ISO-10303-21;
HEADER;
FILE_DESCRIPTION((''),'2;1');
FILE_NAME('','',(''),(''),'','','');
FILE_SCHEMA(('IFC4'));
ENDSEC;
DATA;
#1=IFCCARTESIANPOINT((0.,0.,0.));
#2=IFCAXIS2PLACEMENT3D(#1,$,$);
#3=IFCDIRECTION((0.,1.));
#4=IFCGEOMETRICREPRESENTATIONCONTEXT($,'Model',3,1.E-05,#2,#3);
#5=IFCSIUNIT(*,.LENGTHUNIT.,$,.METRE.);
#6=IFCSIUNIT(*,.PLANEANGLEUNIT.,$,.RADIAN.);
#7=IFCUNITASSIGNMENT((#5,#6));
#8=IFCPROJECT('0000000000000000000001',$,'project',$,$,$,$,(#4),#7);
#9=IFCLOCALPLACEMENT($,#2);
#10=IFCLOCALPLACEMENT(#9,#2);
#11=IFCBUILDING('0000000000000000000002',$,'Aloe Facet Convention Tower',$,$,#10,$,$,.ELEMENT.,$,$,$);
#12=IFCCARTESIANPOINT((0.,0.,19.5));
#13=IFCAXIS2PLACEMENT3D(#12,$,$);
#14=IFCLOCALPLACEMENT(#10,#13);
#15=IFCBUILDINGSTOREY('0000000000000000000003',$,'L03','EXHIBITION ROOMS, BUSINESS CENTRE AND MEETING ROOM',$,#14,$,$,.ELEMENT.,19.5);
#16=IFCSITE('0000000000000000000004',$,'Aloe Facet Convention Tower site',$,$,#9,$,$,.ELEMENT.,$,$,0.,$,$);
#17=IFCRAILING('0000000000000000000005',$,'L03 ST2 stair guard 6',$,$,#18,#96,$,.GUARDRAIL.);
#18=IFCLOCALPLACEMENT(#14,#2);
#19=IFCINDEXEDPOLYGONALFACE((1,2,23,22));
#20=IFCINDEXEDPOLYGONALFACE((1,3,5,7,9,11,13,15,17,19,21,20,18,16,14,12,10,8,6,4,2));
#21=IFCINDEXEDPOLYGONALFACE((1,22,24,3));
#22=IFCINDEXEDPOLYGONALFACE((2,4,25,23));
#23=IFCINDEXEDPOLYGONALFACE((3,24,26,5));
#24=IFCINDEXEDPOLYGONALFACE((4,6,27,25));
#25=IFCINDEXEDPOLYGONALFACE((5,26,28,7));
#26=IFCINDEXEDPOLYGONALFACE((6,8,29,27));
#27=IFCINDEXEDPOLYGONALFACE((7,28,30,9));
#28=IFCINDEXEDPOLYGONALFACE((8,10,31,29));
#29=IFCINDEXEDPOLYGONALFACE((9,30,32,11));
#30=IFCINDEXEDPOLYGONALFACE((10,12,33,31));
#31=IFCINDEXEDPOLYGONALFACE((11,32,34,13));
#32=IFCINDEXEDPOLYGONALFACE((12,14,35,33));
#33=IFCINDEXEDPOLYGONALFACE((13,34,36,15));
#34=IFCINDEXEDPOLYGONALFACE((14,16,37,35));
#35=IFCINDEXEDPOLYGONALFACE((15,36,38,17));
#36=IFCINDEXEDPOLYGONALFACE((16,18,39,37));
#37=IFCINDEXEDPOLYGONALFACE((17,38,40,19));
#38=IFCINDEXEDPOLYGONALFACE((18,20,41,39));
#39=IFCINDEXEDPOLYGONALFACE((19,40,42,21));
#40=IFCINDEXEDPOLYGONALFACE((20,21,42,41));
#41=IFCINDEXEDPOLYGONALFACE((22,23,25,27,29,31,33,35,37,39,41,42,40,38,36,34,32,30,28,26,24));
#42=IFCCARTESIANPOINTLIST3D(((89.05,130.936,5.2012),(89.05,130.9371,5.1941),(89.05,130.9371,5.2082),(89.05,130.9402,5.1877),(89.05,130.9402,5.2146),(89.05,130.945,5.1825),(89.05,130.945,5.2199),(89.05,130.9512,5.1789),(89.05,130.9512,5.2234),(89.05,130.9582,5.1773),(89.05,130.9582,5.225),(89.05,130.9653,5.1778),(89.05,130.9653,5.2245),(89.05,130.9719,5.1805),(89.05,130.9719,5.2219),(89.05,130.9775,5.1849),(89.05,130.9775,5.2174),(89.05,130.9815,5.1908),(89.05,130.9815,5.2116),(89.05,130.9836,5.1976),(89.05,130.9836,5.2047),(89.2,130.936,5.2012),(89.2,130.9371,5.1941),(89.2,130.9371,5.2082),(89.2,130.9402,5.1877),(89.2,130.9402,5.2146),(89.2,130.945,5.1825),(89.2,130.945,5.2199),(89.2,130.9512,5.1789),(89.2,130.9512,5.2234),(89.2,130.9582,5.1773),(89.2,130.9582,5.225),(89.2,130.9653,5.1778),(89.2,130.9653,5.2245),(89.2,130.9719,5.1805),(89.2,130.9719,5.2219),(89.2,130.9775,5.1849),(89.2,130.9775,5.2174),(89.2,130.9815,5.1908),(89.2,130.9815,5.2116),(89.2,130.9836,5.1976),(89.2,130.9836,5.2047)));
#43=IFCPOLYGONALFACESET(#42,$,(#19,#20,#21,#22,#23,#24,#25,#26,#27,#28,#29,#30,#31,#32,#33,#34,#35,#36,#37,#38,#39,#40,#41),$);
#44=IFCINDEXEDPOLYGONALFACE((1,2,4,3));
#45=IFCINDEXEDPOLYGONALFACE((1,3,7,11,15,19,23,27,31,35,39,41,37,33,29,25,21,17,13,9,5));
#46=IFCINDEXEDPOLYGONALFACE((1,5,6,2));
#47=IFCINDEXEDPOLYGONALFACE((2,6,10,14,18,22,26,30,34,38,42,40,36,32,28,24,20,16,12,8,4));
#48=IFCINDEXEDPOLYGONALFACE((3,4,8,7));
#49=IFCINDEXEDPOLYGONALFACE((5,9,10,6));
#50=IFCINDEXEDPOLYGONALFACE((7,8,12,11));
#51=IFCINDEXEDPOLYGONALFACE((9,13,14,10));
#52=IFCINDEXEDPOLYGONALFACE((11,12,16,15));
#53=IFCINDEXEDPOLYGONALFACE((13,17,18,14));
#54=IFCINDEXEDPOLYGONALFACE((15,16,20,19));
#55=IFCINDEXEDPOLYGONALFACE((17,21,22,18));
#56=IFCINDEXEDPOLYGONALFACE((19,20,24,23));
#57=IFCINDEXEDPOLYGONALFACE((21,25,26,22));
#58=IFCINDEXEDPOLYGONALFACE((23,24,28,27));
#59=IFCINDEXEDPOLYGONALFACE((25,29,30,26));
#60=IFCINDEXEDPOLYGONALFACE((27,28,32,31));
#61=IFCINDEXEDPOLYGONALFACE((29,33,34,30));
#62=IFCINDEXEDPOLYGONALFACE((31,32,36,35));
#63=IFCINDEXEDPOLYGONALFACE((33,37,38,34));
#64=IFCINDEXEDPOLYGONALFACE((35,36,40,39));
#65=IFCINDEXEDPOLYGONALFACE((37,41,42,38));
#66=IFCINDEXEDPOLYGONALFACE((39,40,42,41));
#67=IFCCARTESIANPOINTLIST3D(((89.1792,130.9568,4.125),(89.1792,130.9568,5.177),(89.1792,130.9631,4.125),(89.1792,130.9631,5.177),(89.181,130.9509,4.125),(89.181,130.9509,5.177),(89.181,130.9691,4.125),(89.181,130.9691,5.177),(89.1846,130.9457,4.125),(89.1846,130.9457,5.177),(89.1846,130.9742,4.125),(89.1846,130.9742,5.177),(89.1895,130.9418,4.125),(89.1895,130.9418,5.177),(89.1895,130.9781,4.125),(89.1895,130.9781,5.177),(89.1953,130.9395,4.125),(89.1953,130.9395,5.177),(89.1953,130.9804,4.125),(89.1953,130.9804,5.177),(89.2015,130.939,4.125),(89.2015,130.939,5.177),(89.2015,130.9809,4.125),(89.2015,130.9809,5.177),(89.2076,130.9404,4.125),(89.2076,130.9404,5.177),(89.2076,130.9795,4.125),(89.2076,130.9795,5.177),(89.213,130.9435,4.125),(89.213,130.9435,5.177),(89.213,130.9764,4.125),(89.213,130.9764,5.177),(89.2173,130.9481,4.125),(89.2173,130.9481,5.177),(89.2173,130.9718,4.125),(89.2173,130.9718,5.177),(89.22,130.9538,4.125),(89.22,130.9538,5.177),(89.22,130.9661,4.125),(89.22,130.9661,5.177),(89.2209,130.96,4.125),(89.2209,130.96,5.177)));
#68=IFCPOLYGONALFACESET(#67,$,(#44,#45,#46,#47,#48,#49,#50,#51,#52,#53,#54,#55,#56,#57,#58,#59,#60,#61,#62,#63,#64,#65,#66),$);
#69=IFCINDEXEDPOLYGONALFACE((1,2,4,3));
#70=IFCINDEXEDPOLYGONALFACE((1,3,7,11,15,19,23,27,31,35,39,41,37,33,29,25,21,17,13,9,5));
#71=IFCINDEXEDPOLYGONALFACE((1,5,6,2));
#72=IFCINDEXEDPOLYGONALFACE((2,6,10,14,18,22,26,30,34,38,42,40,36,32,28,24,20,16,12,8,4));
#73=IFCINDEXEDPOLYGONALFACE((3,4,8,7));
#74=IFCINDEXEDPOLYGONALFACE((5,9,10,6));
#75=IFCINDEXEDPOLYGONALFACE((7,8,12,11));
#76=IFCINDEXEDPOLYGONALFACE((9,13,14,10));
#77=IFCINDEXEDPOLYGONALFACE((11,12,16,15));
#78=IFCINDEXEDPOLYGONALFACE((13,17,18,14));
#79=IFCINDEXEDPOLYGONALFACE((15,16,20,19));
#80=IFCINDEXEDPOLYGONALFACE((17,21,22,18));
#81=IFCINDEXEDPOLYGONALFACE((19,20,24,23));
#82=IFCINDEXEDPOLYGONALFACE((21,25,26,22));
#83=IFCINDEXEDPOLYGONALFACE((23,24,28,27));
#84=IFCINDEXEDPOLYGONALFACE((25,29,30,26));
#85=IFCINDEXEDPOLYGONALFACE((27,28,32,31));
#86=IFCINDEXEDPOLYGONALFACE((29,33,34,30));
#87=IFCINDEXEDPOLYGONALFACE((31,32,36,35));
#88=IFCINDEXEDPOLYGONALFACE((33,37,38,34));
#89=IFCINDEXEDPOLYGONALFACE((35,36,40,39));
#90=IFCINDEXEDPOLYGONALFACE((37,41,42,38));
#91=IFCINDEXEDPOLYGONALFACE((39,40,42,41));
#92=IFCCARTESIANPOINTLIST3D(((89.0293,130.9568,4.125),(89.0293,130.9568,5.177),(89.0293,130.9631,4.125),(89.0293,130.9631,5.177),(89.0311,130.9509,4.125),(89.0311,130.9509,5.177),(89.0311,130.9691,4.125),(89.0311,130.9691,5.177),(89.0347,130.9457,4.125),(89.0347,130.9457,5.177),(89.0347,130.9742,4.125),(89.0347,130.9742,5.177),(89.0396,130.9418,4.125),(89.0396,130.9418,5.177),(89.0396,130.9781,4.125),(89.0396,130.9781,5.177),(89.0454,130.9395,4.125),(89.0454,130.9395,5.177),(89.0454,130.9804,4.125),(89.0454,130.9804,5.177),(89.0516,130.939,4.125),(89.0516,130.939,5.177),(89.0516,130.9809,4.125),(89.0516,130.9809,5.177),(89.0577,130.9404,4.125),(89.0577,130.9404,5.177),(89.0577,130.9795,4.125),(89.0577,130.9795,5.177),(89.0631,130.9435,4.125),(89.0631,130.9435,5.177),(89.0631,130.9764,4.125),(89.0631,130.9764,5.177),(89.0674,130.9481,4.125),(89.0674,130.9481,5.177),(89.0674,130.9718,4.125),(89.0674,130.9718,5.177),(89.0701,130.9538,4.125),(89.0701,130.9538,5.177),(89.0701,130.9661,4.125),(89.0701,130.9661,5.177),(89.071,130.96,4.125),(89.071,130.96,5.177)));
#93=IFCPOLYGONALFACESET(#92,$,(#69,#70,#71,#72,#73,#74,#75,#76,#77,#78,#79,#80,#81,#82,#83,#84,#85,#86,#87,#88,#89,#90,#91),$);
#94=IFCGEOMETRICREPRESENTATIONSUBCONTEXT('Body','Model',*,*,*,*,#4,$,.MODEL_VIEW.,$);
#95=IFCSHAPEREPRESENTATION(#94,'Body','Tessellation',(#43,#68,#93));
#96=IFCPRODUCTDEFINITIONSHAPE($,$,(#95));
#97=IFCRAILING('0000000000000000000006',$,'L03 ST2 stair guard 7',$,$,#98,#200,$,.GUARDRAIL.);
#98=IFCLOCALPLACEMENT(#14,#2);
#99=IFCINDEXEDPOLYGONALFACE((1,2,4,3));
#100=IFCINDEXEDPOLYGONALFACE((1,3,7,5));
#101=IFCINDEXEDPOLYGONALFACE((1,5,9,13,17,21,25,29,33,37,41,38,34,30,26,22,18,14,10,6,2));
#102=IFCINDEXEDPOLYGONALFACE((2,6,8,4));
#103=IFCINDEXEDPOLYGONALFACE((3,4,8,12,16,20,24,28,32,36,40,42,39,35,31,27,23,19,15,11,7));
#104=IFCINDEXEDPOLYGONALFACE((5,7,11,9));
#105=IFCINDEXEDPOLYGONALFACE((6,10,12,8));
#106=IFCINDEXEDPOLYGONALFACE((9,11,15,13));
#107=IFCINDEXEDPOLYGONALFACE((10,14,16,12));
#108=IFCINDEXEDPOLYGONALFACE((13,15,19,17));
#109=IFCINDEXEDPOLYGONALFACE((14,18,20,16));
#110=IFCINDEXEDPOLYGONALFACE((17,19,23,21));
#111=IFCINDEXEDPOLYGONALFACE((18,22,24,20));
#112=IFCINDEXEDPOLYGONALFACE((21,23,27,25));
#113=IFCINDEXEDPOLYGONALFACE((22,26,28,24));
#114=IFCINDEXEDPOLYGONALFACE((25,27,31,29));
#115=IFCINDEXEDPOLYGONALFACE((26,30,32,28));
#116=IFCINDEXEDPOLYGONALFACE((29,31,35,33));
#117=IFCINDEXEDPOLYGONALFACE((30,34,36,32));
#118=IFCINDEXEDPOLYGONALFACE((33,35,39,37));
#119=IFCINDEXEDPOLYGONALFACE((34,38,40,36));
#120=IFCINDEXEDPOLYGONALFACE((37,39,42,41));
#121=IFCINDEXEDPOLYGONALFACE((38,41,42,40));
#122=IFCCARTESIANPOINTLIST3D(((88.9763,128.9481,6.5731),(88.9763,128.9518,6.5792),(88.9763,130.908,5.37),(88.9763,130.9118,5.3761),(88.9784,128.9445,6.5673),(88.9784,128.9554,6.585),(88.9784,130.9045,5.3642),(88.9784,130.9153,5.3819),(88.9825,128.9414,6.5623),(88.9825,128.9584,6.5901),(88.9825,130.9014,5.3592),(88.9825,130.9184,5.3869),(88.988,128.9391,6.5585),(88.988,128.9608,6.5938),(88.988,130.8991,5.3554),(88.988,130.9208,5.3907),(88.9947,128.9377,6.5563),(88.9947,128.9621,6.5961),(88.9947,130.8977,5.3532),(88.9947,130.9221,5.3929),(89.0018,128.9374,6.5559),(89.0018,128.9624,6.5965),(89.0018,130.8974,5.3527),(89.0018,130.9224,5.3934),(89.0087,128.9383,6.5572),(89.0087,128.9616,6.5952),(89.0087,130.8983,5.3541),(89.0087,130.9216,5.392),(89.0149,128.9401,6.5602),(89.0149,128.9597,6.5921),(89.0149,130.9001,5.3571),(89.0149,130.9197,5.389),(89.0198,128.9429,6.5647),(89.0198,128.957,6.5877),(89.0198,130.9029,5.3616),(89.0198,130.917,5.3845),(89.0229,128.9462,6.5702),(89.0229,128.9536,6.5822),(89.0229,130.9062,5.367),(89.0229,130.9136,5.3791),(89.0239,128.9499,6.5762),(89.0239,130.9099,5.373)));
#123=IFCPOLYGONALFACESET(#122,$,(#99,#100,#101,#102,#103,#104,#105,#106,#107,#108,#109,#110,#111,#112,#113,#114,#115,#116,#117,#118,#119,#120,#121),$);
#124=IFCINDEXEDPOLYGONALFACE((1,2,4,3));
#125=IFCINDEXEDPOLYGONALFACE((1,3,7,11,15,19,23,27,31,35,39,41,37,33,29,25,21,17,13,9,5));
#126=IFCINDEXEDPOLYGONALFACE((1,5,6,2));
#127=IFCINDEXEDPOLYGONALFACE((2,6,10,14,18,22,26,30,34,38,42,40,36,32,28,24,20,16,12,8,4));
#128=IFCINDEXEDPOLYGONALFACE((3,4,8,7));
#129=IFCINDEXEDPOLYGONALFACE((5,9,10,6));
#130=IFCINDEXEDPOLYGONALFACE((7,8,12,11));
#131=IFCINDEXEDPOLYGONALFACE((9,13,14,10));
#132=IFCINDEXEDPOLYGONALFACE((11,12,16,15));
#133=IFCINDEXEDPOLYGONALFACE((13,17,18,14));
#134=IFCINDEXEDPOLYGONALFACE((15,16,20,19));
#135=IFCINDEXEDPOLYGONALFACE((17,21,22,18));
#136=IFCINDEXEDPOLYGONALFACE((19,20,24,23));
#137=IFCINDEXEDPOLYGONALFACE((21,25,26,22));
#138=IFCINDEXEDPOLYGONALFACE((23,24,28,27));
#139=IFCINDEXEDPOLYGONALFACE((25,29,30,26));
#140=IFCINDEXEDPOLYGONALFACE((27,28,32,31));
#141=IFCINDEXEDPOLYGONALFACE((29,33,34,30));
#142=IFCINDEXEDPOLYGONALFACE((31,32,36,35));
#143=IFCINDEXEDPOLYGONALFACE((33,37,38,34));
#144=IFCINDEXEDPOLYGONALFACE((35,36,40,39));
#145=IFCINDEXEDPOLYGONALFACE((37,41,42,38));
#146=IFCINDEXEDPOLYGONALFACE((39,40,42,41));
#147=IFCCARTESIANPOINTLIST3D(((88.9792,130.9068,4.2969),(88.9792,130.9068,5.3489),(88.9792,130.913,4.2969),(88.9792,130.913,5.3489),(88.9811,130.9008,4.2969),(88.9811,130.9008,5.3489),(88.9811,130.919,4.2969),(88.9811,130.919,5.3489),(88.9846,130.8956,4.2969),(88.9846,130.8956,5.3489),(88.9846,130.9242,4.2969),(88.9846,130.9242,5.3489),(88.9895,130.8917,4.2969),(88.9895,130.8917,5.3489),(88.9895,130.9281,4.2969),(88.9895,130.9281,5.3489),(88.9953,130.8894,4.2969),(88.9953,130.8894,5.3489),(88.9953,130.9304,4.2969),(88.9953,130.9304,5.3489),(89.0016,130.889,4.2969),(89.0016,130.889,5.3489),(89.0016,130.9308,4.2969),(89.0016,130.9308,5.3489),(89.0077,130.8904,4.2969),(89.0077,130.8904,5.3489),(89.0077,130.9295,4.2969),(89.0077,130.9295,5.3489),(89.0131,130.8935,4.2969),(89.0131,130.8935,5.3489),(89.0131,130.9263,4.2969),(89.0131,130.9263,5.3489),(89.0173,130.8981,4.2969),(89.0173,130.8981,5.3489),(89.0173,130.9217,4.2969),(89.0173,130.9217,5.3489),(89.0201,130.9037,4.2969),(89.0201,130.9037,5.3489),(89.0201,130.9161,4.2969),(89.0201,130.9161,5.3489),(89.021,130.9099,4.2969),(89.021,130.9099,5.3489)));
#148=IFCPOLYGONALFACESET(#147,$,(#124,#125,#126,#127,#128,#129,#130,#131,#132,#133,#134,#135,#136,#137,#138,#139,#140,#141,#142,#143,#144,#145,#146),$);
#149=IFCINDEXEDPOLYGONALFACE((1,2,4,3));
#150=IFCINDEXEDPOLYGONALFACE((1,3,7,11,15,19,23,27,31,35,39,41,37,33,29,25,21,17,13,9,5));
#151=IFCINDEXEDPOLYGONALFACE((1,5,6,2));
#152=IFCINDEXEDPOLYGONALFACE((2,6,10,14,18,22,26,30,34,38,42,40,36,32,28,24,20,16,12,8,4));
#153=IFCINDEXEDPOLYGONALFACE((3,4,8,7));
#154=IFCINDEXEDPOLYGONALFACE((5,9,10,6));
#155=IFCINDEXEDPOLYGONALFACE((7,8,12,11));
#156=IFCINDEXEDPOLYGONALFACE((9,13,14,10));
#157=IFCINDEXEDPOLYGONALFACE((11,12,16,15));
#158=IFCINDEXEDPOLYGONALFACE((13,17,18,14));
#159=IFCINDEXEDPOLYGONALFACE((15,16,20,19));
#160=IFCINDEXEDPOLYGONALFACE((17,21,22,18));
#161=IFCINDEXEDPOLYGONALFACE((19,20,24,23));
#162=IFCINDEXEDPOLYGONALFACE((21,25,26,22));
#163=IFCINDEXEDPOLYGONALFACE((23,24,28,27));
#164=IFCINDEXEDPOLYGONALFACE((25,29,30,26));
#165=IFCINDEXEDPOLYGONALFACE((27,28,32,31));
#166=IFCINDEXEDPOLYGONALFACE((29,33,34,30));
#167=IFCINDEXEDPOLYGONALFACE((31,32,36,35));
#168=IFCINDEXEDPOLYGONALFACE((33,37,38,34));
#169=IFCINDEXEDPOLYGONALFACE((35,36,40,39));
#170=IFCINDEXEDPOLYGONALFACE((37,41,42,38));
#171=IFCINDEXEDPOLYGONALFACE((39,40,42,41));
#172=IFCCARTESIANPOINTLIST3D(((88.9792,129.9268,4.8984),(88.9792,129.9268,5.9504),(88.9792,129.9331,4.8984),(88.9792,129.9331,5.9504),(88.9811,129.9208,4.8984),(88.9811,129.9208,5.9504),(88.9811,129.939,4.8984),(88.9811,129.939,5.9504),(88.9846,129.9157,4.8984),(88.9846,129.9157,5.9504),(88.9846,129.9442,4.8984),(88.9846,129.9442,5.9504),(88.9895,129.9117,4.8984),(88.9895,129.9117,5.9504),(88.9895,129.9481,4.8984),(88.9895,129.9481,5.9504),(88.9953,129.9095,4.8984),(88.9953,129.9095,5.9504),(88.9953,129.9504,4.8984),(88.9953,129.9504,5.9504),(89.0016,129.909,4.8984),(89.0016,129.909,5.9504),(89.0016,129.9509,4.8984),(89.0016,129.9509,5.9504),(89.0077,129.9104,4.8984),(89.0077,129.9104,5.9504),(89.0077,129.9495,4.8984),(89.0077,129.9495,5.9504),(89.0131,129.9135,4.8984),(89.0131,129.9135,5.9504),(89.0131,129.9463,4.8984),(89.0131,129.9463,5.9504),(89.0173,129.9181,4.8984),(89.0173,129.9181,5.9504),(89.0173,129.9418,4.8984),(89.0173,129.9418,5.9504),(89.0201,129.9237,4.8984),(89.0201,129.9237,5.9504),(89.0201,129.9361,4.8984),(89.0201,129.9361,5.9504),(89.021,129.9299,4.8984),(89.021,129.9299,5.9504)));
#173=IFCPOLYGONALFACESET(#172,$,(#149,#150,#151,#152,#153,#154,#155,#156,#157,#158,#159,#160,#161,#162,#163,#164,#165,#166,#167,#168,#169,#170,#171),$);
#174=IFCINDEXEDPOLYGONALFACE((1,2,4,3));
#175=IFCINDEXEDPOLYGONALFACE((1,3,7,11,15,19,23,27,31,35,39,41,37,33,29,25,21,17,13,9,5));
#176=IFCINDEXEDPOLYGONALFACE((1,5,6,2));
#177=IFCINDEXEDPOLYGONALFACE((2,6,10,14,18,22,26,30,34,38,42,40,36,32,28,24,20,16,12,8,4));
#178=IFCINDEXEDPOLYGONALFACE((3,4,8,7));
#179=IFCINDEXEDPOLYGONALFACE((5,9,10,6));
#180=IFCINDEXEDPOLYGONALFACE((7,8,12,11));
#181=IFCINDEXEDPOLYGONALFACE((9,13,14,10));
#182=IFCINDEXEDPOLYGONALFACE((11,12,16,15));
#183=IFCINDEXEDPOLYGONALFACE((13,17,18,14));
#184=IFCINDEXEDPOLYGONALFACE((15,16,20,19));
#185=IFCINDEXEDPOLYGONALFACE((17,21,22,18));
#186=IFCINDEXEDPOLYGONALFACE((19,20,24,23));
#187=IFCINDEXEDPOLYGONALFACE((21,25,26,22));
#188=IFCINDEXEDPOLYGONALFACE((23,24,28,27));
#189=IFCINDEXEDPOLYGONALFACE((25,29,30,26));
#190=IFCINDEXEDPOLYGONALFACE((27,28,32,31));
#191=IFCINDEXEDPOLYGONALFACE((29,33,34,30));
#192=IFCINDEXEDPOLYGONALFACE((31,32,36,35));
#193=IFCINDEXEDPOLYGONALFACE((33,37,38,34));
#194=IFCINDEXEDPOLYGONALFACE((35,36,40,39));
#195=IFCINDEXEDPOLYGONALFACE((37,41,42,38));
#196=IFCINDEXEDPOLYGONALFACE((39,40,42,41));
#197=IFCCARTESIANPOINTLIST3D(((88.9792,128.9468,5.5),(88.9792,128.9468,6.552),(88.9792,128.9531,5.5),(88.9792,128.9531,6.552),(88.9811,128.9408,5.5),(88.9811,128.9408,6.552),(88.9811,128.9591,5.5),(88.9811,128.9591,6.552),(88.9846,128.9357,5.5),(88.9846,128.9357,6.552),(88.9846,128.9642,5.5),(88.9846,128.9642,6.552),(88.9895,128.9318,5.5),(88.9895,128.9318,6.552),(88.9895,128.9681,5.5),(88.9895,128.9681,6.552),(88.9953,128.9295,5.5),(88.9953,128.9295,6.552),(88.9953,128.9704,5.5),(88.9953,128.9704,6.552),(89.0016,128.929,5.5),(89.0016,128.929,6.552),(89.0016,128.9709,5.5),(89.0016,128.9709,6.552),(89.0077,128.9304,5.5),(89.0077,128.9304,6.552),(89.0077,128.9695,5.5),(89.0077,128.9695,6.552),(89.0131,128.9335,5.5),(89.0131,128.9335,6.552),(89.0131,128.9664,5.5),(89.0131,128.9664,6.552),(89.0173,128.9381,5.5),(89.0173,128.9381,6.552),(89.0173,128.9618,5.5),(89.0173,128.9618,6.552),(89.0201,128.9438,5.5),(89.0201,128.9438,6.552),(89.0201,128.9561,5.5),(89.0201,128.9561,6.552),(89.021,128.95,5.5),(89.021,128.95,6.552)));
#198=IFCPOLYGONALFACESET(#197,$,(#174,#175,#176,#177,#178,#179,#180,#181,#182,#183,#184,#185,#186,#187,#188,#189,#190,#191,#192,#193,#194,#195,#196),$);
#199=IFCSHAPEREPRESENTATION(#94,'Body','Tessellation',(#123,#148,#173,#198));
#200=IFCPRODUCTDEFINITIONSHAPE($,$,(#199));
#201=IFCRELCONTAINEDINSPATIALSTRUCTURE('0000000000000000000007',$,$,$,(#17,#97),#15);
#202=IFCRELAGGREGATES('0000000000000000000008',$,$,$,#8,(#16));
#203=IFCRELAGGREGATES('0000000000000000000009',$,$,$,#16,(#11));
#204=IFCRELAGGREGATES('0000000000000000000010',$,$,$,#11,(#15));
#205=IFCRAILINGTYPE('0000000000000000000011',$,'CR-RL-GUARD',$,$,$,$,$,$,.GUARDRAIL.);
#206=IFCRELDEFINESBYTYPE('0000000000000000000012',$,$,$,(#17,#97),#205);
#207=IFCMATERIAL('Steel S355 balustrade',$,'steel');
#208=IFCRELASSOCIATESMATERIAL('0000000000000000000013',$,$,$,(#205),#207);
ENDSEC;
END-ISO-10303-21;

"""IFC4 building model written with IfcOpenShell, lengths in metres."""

from ifc_helpers import new_model, si_unit, direction, frame, origin, origin_2d, place, context, subcontext, project, spatial, circle, extrude, material, type_object, element, save


model = new_model("IFC4")

# Units and contexts
model_context = context("Model", 3, precision=1e-05, world=origin(), true_north=direction((0.0, 1.0)))
body_context = subcontext(model_context, "Body", "Model", "MODEL_VIEW")
ifc_project = project(units=[si_unit("LENGTHUNIT", "METRE"), si_unit("PLANEANGLEUNIT", "RADIAN")], contexts=[model_context])

# Site, building, storey
site_placement = place(None, origin())
site = spatial("IfcSite", under=ifc_project, at=site_placement, Name="Aloe Facet Convention Tower site", CompositionType="ELEMENT", RefElevation=0.0)
building_placement = place(site_placement, origin())
building = spatial("IfcBuilding", under=site, at=building_placement, Name="Aloe Facet Convention Tower", CompositionType="ELEMENT")
storey_placement = place(building_placement, frame((0.0, 0.0, 19.5)))
storey = spatial("IfcBuildingStorey", under=building, at=storey_placement, Name="L03", Description="EXHIBITION ROOMS, BUSINESS CENTRE AND MEETING ROOM", CompositionType="ELEMENT", Elevation=19.5)

# Railings
ifc_material_1 = material(Name="Steel S355 balustrade", Category="steel")
railing_type = type_object("IfcRailingType", Name="CR-RL-GUARD", PredefinedType="GUARDRAIL", material=ifc_material_1)
railing_1_placement = place(storey_placement, frame((89.2, 130.96, 4.125)))
element("IfcRailing", 1, at=railing_1_placement, inside=storey, type_object=railing_type, Name="L03 ST2 stair guard 6", PredefinedType="GUARDRAIL", context=body_context, shape_type="SweptSolid", body=[
    extrude(circle(Radius=0.0239, at=origin_2d()), frame((0.0, 0.0, 1.0762), z_axis=(-1.0, 0.0, 0.0), x_axis=(0.0, -1.0, 0.0)), (0.0, 0.0, 1.0), 0.1499),
    extrude(circle(Radius=0.021, at=origin_2d()), origin(), (0.0, 0.0, 1.0), 1.052),
    extrude(circle(Radius=0.021, at=origin_2d()), frame((-0.1499, 0.0, 0.0)), (0.0, 0.0, 1.0), 1.052),
])
railing_2_placement = place(storey_placement, frame((89.0, 130.9099, 4.2969)))
element("IfcRailing", 2, at=railing_2_placement, inside=storey, type_object=railing_type, Name="L03 ST2 stair guard 7", PredefinedType="GUARDRAIL", context=body_context, shape_type="SweptSolid", body=[
    extrude(circle(Radius=0.0239, at=origin_2d()), frame((0.0, 0.0, 1.0762), z_axis=(0.0, -0.852241, 0.523149), x_axis=(1.0, 0.0, 0.0)), (0.0, 0.0, 1.0), 2.2998),
    extrude(circle(Radius=0.021, at=origin_2d()), origin(), (0.0, 0.0, 1.0), 1.052),
    extrude(circle(Radius=0.021, at=origin_2d()), frame((0.0, -0.98, 0.6016)), (0.0, 0.0, 1.0), 1.052),
    extrude(circle(Radius=0.021, at=origin_2d()), frame((0.0, -1.96, 1.2031)), (0.0, 0.0, 1.0), 1.052),
])

save(model, "model.ifc")
